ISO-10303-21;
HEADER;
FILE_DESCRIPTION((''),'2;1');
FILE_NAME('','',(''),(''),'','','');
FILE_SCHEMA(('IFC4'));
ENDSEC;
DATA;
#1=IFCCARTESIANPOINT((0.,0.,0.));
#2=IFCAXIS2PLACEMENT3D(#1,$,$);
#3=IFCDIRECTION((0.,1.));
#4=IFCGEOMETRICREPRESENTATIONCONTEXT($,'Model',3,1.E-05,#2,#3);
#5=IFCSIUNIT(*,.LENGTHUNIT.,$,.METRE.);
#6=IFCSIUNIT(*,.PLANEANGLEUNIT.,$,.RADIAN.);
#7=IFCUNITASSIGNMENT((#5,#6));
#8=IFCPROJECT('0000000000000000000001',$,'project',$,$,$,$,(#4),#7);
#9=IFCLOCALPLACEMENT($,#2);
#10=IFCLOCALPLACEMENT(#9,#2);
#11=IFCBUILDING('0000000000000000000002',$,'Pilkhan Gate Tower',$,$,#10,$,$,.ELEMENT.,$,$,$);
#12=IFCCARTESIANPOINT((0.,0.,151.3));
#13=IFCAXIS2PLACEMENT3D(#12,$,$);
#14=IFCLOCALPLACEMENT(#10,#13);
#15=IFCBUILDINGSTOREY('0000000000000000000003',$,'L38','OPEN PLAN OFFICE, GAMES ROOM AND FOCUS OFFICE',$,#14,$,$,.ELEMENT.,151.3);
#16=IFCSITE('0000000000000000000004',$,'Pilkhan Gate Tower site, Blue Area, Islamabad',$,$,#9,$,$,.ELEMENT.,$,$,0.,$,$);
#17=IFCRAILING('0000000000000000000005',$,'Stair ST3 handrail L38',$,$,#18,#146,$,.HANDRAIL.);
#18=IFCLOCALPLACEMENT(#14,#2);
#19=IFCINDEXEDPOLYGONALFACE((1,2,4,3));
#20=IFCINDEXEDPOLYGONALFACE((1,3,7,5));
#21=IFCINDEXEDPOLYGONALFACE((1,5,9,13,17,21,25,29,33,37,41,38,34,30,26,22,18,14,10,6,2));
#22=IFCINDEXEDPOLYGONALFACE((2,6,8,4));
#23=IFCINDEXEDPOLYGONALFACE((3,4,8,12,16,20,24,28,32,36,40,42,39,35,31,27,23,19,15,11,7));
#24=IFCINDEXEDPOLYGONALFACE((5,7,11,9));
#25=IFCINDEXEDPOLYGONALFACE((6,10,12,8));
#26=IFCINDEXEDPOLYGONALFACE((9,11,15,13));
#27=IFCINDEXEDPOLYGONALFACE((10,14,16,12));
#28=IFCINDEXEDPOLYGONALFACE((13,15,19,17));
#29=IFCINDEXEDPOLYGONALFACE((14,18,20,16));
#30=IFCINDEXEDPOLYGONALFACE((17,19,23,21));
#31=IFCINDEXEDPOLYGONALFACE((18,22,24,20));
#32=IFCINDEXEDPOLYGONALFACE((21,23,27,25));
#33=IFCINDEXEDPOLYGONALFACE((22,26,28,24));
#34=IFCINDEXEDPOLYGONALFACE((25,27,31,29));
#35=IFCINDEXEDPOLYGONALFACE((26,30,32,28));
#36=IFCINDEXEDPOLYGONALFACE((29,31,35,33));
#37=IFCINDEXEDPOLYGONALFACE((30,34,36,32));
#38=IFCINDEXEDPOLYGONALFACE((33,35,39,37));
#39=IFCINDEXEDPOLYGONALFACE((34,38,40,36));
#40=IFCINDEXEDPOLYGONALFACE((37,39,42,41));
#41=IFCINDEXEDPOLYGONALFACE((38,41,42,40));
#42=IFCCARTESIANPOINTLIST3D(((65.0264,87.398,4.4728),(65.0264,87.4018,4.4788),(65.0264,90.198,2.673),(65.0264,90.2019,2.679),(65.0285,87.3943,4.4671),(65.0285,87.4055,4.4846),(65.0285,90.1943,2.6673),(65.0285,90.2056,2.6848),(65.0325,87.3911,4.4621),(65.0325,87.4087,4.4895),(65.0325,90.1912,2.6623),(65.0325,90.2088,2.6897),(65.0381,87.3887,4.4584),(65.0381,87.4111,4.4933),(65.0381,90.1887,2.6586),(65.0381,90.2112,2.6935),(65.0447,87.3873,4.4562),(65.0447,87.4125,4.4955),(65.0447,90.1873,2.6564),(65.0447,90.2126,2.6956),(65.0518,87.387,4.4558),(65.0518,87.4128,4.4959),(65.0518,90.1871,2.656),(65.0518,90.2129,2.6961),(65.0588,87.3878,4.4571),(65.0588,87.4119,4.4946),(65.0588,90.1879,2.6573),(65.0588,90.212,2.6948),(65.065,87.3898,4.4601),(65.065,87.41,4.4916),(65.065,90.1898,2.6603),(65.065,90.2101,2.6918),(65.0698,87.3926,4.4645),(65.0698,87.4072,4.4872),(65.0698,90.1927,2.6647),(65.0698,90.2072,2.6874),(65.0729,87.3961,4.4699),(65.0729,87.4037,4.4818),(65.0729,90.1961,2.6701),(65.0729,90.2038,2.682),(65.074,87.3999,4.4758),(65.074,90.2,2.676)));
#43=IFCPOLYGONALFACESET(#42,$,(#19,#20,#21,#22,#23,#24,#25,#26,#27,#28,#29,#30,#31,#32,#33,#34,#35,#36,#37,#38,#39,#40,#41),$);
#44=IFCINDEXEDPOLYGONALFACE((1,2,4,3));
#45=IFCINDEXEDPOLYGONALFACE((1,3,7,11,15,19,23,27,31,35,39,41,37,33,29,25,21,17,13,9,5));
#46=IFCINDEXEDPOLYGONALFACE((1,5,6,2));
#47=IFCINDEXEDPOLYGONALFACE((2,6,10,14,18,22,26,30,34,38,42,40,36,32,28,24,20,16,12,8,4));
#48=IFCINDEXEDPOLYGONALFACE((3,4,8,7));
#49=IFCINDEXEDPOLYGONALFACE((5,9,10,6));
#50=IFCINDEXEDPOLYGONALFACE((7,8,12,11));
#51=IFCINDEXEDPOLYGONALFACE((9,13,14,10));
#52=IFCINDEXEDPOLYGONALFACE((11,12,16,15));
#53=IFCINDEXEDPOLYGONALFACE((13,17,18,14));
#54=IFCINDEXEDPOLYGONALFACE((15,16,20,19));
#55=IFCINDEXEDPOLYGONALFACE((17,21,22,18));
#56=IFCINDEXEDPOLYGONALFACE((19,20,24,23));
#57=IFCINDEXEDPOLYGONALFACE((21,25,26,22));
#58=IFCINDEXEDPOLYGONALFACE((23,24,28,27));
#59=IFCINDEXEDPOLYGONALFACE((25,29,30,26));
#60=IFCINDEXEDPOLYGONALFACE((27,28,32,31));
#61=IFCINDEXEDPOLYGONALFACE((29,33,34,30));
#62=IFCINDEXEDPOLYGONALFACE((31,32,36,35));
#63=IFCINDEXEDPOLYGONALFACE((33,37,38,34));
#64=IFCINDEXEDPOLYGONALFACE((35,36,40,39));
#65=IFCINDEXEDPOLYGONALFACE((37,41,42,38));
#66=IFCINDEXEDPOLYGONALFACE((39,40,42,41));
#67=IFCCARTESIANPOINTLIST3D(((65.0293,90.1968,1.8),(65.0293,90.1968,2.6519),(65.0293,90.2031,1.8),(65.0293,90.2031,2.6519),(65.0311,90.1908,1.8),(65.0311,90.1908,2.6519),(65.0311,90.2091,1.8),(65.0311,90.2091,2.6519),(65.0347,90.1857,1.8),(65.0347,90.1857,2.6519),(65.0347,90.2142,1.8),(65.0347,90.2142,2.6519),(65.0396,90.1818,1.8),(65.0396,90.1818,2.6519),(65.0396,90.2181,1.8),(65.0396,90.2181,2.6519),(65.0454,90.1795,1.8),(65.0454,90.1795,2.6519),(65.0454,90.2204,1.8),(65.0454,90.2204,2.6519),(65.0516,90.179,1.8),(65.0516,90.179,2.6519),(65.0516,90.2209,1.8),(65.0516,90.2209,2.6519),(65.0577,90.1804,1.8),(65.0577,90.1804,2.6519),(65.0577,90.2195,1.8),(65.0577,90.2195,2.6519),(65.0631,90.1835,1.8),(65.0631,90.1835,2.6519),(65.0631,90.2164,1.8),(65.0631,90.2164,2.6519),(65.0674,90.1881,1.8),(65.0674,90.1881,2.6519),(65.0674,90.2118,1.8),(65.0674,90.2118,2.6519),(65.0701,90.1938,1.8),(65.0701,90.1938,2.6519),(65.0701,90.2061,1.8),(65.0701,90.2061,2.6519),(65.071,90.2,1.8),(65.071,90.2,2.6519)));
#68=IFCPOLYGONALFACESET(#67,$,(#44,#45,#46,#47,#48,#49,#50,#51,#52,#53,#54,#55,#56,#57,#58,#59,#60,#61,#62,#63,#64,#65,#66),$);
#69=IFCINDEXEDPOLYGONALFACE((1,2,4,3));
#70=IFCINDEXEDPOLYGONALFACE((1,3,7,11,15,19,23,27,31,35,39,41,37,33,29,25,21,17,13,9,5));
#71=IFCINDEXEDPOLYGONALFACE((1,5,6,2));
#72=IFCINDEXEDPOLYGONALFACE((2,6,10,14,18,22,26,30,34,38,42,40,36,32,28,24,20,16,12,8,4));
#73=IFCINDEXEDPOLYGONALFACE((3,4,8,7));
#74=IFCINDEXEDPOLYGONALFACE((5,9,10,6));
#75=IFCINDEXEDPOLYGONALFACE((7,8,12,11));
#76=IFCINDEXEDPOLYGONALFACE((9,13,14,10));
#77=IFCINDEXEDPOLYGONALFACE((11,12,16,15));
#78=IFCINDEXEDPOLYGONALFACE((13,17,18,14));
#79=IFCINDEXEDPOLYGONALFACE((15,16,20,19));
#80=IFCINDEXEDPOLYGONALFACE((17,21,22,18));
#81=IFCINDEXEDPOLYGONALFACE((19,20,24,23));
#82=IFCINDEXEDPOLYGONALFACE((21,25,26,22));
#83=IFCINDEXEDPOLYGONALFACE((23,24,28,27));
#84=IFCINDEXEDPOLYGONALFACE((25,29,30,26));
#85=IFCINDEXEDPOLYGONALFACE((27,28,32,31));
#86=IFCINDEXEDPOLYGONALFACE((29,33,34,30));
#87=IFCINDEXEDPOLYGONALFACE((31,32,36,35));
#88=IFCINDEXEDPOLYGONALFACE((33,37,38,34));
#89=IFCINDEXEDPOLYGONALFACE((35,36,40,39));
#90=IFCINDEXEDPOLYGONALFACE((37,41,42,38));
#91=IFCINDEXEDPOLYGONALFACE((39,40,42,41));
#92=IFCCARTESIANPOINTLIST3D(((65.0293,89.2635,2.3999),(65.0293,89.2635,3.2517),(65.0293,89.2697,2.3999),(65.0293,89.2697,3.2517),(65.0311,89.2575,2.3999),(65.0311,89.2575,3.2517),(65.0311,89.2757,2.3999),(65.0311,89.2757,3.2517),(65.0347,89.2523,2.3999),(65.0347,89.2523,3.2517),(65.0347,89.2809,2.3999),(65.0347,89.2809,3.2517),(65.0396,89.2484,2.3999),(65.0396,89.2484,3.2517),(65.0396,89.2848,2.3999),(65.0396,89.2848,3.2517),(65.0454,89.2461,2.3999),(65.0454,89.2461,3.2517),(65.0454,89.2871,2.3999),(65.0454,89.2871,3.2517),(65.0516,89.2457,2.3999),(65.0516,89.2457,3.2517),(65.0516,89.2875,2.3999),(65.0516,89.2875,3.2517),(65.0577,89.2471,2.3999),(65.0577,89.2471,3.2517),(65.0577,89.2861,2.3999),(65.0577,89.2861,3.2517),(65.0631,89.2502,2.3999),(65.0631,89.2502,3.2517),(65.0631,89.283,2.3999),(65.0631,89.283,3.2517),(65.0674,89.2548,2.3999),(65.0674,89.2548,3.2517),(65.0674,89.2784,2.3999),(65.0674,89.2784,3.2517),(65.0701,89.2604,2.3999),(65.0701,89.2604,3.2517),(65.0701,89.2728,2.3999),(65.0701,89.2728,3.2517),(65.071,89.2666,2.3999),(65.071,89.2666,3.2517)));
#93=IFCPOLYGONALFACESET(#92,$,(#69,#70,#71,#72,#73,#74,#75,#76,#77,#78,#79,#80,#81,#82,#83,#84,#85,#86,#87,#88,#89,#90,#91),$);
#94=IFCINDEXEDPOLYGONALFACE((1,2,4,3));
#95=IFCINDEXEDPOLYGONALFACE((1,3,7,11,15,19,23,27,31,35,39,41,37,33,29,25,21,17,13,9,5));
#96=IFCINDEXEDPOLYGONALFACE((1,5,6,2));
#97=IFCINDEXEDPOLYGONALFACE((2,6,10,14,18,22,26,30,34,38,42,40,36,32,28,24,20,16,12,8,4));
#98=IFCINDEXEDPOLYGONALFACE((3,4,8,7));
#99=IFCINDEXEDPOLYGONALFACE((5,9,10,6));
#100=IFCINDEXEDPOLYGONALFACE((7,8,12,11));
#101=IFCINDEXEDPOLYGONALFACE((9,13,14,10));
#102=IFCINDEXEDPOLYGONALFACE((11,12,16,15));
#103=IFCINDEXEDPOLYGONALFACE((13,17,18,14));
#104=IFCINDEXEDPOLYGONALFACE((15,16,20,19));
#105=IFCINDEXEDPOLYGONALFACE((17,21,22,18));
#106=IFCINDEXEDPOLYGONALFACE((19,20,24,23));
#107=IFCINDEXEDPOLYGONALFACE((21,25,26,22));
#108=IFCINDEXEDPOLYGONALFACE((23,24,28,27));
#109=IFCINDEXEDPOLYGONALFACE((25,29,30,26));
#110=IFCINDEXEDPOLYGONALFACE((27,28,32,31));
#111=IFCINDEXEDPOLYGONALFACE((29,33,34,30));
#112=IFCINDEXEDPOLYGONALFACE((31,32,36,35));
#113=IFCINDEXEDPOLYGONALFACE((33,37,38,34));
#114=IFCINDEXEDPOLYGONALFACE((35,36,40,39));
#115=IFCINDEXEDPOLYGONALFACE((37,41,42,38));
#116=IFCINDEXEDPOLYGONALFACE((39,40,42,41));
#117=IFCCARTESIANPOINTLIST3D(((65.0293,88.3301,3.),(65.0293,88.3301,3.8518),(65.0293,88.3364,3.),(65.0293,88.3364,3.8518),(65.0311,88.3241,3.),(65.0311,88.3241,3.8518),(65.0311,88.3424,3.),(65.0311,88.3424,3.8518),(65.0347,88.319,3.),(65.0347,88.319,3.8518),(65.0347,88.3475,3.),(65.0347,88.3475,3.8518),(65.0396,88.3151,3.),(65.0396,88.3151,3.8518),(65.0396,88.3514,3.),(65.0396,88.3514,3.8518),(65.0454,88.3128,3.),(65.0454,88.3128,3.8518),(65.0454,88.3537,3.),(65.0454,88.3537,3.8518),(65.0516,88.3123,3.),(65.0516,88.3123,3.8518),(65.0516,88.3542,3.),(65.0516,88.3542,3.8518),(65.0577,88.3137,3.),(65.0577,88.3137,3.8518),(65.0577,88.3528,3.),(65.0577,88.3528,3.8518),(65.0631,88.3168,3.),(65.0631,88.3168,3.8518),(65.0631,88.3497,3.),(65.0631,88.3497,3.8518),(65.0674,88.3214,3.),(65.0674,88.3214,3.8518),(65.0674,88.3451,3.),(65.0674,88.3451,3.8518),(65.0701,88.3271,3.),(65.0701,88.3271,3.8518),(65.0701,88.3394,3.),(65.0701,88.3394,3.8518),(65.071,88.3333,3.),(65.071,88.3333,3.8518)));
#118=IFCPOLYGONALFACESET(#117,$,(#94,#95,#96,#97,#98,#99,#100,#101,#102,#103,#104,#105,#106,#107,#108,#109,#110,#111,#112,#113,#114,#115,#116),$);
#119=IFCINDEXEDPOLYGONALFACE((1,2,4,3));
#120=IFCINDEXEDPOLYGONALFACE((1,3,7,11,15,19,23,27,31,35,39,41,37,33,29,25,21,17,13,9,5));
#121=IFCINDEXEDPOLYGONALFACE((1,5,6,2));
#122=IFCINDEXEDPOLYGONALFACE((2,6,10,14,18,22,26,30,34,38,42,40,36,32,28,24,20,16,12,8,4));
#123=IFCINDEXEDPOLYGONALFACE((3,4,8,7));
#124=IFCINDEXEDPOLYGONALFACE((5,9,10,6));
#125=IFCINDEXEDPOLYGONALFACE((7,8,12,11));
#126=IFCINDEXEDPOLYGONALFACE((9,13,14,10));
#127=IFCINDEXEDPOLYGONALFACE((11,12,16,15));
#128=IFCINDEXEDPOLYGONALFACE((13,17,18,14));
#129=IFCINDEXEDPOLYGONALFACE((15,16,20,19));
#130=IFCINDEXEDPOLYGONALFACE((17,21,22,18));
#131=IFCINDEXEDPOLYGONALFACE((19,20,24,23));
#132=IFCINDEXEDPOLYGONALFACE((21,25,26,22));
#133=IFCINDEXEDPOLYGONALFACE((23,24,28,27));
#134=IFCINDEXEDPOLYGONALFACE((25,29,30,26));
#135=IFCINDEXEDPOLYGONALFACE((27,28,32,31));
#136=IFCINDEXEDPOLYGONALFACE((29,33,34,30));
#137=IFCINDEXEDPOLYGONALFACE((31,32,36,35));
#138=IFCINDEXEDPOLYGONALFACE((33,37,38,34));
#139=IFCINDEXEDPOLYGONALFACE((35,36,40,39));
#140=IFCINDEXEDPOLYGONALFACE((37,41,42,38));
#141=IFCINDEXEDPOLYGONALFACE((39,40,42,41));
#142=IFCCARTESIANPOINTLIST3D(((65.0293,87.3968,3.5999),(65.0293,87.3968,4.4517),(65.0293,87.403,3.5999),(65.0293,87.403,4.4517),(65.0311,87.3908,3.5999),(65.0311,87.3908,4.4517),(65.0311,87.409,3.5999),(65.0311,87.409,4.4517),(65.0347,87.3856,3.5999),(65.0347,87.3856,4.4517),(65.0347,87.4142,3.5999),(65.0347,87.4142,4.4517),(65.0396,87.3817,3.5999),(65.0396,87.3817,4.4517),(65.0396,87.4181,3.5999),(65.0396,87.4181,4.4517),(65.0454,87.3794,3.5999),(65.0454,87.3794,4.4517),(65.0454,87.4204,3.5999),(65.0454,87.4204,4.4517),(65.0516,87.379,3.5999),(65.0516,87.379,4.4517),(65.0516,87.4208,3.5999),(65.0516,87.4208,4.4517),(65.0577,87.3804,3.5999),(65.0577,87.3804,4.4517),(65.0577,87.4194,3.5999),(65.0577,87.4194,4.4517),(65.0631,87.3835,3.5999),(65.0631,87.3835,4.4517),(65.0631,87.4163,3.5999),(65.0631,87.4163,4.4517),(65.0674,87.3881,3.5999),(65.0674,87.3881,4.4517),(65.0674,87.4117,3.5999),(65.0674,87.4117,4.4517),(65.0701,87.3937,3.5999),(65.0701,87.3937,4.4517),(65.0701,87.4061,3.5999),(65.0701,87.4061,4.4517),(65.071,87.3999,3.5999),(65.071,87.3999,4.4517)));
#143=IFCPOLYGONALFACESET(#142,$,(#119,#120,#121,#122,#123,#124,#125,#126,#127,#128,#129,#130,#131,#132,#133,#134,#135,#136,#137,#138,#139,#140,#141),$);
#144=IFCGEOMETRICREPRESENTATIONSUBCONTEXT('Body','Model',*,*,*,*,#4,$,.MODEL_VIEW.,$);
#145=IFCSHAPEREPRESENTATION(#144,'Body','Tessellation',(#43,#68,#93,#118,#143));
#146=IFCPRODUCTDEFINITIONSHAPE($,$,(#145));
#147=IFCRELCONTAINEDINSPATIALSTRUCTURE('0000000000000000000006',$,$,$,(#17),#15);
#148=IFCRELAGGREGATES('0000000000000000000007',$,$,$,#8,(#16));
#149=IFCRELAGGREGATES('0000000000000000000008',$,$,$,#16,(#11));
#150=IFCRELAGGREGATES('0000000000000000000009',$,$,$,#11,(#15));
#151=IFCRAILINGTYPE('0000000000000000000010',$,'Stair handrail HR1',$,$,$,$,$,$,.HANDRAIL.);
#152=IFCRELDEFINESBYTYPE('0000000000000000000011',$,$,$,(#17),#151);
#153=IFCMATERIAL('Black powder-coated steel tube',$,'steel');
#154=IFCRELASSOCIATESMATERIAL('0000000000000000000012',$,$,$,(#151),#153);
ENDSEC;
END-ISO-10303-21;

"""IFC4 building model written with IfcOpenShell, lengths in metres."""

from ifc_helpers import new_model, si_unit, direction, frame, origin, origin_2d, place, context, subcontext, project, spatial, circle, extrude, material, type_object, element, save


model = new_model("IFC4")

# Units and contexts
model_context = context("Model", 3, precision=1e-05, world=origin(), true_north=direction((0.0, 1.0)))
body_context = subcontext(model_context, "Body", "Model", "MODEL_VIEW")
ifc_project = project(units=[si_unit("LENGTHUNIT", "METRE"), si_unit("PLANEANGLEUNIT", "RADIAN")], contexts=[model_context])

# Site, building, storey
site_placement = place(None, origin())
site = spatial("IfcSite", under=ifc_project, at=site_placement, Name="Pilkhan Gate Tower site, Blue Area, Islamabad", CompositionType="ELEMENT", RefElevation=0.0)
building_placement = place(site_placement, origin())
building = spatial("IfcBuilding", under=site, at=building_placement, Name="Pilkhan Gate Tower", CompositionType="ELEMENT")
storey_placement = place(building_placement, frame((0.0, 0.0, 151.3)))
storey = spatial("IfcBuildingStorey", under=building, at=storey_placement, Name="L38", Description="OPEN PLAN OFFICE, GAMES ROOM AND FOCUS OFFICE", CompositionType="ELEMENT", Elevation=151.3)

# Railing
ifc_material_1 = material(Name="Black powder-coated steel tube", Category="steel")
railing_type_1 = type_object("IfcRailingType", Name="Stair handrail HR1", PredefinedType="HANDRAIL", material=ifc_material_1)
railing_1_placement = place(storey_placement, frame((65.05, 90.2, 1.8)))
element("IfcRailing", 1, at=railing_1_placement, inside=storey, type_object=railing_type_1, Name="Stair ST3 handrail L38", PredefinedType="HANDRAIL", context=body_context, shape_type="SweptSolid", body=[
    extrude(circle(Radius=0.0239, at=origin_2d()), frame((0.0, 0.0, 0.876), z_axis=(0.0, -0.841209, 0.540709), x_axis=(1.0, 0.0, 0.0)), (0.0, 0.0, 1.0), 3.3286),
    extrude(circle(Radius=0.021, at=origin_2d()), origin(), (0.0, 0.0, 1.0), 0.8518),
    extrude(circle(Radius=0.021, at=origin_2d()), frame((0.0, -0.9333, 0.5999)), (0.0, 0.0, 1.0), 0.8518),
    extrude(circle(Radius=0.021, at=origin_2d()), frame((0.0, -1.8667, 1.2)), (0.0, 0.0, 1.0), 0.8518),
    extrude(circle(Radius=0.021, at=origin_2d()), frame((0.0, -2.8, 1.7998)), (0.0, 0.0, 1.0), 0.8518),
])

save(model, "model.ifc")
